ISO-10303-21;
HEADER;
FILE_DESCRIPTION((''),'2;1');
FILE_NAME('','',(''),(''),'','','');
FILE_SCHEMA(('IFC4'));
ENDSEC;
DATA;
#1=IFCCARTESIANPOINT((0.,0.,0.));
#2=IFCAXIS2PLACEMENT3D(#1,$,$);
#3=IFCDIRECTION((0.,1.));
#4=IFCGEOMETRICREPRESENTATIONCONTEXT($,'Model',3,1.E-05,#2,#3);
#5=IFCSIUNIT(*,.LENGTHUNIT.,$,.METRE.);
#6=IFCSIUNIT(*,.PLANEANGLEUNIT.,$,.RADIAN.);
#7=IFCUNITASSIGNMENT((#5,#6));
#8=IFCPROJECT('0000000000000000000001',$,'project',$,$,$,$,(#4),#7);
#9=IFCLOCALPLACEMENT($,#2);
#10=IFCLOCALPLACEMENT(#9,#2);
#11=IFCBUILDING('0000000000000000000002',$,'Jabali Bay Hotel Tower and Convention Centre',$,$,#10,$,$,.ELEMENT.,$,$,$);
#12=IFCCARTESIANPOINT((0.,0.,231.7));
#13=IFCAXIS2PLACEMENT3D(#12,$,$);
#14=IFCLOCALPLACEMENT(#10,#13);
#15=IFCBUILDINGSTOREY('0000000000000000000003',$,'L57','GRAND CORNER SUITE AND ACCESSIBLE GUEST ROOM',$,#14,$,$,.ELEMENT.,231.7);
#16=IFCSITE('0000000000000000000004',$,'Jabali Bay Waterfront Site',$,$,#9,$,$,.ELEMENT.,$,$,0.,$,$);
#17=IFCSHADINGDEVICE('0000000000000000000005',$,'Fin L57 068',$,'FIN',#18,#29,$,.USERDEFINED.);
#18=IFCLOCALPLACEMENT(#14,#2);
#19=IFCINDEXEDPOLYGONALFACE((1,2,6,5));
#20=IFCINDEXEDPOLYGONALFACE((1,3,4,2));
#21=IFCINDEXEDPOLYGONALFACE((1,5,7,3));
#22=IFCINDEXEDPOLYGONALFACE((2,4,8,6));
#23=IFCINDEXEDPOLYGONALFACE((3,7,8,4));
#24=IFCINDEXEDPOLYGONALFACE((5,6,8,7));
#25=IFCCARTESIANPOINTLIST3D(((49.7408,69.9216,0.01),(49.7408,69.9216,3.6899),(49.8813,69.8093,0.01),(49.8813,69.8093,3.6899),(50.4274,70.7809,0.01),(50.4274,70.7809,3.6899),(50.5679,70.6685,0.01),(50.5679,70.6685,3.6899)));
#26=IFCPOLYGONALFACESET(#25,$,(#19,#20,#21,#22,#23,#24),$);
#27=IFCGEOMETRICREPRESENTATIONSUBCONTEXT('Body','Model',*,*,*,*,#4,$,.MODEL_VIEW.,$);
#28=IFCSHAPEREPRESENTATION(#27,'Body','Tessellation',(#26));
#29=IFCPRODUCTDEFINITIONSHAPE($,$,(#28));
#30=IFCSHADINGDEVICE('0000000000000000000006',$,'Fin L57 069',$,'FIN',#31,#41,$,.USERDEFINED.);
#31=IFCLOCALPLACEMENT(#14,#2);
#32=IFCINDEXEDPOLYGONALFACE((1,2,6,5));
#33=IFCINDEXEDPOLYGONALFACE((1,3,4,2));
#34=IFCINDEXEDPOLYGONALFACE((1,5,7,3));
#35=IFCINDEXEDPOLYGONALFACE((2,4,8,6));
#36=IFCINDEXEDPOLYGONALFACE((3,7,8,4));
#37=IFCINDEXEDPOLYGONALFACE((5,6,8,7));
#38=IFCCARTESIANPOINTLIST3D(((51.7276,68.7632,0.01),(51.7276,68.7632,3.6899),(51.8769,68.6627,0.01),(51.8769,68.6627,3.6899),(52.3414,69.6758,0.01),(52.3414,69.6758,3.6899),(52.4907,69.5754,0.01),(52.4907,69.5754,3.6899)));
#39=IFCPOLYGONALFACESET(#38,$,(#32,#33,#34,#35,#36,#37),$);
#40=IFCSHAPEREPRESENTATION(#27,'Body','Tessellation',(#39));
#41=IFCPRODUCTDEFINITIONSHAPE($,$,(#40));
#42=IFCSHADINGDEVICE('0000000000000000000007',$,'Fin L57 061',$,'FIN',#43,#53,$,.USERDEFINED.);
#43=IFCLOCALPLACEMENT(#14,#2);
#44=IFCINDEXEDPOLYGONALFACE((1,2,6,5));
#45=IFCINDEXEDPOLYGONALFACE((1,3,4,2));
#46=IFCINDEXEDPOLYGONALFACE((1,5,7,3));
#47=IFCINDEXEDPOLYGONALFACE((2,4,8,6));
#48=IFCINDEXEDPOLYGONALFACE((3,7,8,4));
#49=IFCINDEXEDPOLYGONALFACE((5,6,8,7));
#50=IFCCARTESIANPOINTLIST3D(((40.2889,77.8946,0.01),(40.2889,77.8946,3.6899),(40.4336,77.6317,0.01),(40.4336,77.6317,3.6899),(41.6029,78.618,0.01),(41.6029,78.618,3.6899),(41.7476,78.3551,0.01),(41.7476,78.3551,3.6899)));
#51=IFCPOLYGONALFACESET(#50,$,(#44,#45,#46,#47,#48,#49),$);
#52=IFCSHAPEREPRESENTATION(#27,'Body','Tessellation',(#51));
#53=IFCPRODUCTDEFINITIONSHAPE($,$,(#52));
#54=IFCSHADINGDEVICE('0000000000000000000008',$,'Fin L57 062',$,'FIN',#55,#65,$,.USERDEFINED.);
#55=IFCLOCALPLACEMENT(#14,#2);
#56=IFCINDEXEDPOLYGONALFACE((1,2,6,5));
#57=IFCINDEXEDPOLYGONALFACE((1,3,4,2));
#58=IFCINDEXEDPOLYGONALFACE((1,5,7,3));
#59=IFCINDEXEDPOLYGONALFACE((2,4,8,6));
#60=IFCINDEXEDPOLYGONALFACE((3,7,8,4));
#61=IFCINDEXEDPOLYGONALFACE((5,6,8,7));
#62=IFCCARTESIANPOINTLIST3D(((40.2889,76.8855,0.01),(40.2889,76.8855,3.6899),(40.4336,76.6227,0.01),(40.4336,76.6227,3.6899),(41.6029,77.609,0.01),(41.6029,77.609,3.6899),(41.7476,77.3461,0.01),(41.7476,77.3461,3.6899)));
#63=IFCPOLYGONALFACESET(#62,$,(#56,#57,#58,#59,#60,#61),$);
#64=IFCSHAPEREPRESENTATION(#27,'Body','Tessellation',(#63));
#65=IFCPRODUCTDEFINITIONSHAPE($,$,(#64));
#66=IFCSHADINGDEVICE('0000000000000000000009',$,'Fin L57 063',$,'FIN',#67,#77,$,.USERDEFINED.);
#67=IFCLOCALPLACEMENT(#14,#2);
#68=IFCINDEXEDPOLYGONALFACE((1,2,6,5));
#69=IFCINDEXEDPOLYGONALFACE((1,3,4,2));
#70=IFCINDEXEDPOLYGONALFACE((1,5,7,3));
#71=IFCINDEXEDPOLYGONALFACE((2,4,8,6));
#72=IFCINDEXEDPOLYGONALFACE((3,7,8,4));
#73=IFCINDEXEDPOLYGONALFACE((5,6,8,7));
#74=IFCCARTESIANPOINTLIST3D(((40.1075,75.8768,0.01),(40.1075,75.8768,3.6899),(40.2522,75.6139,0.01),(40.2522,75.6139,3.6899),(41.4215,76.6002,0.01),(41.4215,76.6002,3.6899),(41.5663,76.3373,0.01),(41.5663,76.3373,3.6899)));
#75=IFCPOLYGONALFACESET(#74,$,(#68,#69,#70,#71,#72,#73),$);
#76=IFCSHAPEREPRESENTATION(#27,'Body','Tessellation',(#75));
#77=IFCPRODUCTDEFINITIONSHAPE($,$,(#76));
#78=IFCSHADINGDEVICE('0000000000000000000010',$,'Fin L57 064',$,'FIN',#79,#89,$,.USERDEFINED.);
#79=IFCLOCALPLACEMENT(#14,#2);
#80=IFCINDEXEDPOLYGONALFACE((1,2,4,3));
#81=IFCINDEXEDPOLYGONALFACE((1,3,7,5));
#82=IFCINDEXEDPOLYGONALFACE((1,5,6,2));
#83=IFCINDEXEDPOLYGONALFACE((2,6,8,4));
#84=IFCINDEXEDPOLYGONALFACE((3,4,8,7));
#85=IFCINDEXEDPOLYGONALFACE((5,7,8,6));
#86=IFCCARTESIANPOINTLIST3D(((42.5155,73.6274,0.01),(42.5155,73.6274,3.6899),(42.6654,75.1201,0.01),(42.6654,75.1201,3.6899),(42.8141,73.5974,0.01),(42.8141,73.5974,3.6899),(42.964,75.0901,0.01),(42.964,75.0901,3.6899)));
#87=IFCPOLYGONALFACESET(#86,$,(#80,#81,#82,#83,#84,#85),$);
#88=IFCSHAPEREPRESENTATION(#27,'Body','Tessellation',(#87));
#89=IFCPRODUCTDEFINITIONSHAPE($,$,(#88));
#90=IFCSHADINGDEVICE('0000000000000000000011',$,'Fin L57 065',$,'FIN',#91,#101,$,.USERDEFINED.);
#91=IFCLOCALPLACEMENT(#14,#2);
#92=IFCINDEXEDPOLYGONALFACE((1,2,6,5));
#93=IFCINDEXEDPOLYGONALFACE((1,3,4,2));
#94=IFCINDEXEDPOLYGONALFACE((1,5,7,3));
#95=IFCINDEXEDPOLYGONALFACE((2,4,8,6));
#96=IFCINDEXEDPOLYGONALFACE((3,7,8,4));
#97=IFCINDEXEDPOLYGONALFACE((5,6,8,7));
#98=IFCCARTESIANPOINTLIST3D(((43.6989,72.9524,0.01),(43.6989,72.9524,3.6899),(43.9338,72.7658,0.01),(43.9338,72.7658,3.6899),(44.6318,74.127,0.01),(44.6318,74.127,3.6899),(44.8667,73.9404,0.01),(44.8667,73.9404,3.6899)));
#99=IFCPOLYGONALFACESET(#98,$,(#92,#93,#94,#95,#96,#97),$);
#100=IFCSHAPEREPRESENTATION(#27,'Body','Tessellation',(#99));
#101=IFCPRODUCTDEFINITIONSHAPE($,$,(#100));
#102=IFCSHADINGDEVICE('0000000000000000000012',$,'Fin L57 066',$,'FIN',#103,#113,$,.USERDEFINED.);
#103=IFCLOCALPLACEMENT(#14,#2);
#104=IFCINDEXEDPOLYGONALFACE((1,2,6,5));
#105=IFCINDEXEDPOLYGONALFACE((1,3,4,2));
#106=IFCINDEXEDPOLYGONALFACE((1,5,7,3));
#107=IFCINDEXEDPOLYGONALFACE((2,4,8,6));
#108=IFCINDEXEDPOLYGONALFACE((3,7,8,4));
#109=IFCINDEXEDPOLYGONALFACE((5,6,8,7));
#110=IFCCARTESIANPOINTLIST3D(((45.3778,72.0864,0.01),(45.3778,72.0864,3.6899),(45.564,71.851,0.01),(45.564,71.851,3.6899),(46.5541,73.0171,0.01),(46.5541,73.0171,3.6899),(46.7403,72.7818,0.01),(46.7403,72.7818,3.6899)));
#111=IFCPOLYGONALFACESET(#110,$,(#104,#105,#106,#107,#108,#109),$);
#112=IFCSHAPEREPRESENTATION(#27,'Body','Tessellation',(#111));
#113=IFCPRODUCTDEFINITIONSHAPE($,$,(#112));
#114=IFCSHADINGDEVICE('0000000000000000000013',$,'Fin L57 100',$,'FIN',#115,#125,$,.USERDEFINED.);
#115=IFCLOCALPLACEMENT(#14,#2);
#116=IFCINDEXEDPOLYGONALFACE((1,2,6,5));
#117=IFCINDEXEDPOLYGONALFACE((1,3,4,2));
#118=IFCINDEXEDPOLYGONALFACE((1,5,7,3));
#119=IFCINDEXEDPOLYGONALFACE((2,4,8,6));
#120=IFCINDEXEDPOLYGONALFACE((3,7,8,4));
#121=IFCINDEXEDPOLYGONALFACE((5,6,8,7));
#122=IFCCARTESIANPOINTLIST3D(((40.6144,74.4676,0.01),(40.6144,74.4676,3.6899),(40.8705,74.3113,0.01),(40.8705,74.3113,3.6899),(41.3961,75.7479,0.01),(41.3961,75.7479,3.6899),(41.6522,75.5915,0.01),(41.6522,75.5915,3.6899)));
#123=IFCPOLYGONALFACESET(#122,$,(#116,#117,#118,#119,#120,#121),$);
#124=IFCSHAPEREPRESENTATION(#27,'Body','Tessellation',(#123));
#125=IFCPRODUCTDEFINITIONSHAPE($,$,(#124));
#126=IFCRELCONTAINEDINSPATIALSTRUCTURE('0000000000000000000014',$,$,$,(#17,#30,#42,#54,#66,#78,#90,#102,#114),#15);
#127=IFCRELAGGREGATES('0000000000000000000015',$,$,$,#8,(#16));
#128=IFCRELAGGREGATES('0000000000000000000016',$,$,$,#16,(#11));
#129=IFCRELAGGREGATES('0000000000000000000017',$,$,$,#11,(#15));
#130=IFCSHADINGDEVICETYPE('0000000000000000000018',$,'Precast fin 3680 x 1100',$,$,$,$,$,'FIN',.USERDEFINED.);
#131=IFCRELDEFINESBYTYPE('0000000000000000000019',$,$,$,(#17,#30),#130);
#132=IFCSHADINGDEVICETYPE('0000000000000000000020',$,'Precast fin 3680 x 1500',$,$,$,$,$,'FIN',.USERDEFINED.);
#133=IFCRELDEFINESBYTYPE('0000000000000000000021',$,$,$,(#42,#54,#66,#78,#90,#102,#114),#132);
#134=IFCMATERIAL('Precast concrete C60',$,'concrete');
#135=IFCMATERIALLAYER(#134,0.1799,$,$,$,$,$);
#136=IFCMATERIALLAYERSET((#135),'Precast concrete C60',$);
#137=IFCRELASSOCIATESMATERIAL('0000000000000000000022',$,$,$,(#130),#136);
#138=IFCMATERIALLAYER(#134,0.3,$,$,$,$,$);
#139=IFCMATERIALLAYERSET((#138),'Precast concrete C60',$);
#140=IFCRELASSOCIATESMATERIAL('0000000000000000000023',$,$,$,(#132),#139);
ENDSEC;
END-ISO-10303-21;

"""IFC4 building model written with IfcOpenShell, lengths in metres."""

from ifc_helpers import new_model, si_unit, direction, frame, frame_2d, origin, place, context, subcontext, project, spatial, rectangle, extrude, material, layer, layer_set, type_object, element, save


model = new_model("IFC4")

# Units and contexts
model_context = context("Model", 3, precision=1e-05, world=origin(), true_north=direction((0.0, 1.0)))
body_context = subcontext(model_context, "Body", "Model", "MODEL_VIEW")
ifc_project = project(units=[si_unit("LENGTHUNIT", "METRE"), si_unit("PLANEANGLEUNIT", "RADIAN")], contexts=[model_context])

# Site, building, storey
site_placement = place(None, origin())
site = spatial("IfcSite", under=ifc_project, at=site_placement, Name="Jabali Bay Waterfront Site", CompositionType="ELEMENT", RefElevation=0.0)
building_placement = place(site_placement, origin())
building = spatial("IfcBuilding", under=site, at=building_placement, Name="Jabali Bay Hotel Tower and Convention Centre", CompositionType="ELEMENT")
storey_placement = place(building_placement, frame((0.0, 0.0, 231.7)))
storey = spatial("IfcBuildingStorey", under=building, at=storey_placement, Name="L57", Description="GRAND CORNER SUITE AND ACCESSIBLE GUEST ROOM", CompositionType="ELEMENT", Elevation=231.7)

# Shading devices
ifc_material_1 = material(Name="Precast concrete C60", Category="concrete")
ifc_layer_1 = layer(ifc_material_1, 0.1799)
ifc_layer_set_1 = layer_set([ifc_layer_1], Name="Precast concrete C60")
shading_device_type_1 = type_object("IfcShadingDeviceType", Name="Precast fin 3680 x 1100", ElementType="FIN", PredefinedType="USERDEFINED", material=ifc_layer_set_1)
for number, where, z_axis, x_axis, name in (
    (1, (50.4976, 70.7246, 0.01), (0.0, 0.0, 1.0), (-0.624262, -0.781215, 0.0), "Fin L57 068"),
    (2, (52.416, 69.6255, 0.01), (0.0, 0.0, 1.0), (-0.558077, -0.829789, 0.0), "Fin L57 069"),
):
    element("IfcShadingDevice", number, at=place(storey_placement, frame(where, z_axis=z_axis, x_axis=x_axis)), inside=storey, type_object=shading_device_type_1, Name=name, ObjectType="FIN", PredefinedType="USERDEFINED", context=body_context, shape_type="SweptSolid", body=[
        extrude(rectangle(XDim=1.0999, YDim=0.1799, at=frame_2d((0.5498, 0.0))), origin(), (0.0, 0.0, 1.0), 3.6799),
    ])
ifc_layer_2 = layer(ifc_material_1, 0.3)
ifc_layer_set_2 = layer_set([ifc_layer_2], Name="Precast concrete C60")
shading_device_type_2 = type_object("IfcShadingDeviceType", Name="Precast fin 3680 x 1500", ElementType="FIN", PredefinedType="USERDEFINED", material=ifc_layer_set_2)
for number, where, z_axis, x_axis, name in (
    (3, (41.6753, 78.4866, 0.01), (0.0, 0.0, 1.0), (-0.876017, -0.482281, 0.0), "Fin L57 061"),
    (4, (41.6753, 77.4775, 0.01), (0.0, 0.0, 1.0), (-0.876017, -0.482281, 0.0), "Fin L57 062"),
    (5, (41.4939, 76.4688, 0.01), (0.0, 0.0, 1.0), (-0.876017, -0.482281, 0.0), "Fin L57 063"),
):
    element("IfcShadingDevice", number, at=place(storey_placement, frame(where, z_axis=z_axis, x_axis=x_axis)), inside=storey, type_object=shading_device_type_2, Name=name, ObjectType="FIN", PredefinedType="USERDEFINED", context=body_context, shape_type="SweptSolid", body=[
        extrude(rectangle(XDim=1.5, YDim=0.3, at=frame_2d((0.75, 0.0))), origin(), (0.0, 0.0, 1.0), 3.6799),
    ])
shading_device_placement = place(storey_placement, frame((42.8147, 75.105, 0.01), z_axis=(0.0, 0.0, 1.0), x_axis=(-0.099923, -0.994995, 0.0)))
element("IfcShadingDevice", 6, at=shading_device_placement, inside=storey, type_object=shading_device_type_2, Name="Fin L57 064", ObjectType="FIN", PredefinedType="USERDEFINED", context=body_context, shape_type="SweptSolid", body=[
    extrude(rectangle(XDim=1.5002, YDim=0.3, at=frame_2d((0.75, 0.0))), origin(), (0.0, 0.0, 1.0), 3.6799),
])
for number, where, z_axis, x_axis, name in (
    (7, (44.7493, 74.0337, 0.01), (0.0, 0.0, 1.0), (-0.621932, -0.783071, 0.0), "Fin L57 065"),
    (8, (46.6472, 72.8994, 0.01), (0.0, 0.0, 1.0), (-0.784224, -0.620478, 0.0), "Fin L57 066"),
    (9, (41.5242, 75.6697, 0.01), (0.0, 0.0, 1.0), (-0.521134, -0.853475, 0.0), "Fin L57 100"),
):
    element("IfcShadingDevice", number, at=place(storey_placement, frame(where, z_axis=z_axis, x_axis=x_axis)), inside=storey, type_object=shading_device_type_2, Name=name, ObjectType="FIN", PredefinedType="USERDEFINED", context=body_context, shape_type="SweptSolid", body=[
        extrude(rectangle(XDim=1.5, YDim=0.3, at=frame_2d((0.75, 0.0))), origin(), (0.0, 0.0, 1.0), 3.6799),
    ])

save(model, "model.ifc")
